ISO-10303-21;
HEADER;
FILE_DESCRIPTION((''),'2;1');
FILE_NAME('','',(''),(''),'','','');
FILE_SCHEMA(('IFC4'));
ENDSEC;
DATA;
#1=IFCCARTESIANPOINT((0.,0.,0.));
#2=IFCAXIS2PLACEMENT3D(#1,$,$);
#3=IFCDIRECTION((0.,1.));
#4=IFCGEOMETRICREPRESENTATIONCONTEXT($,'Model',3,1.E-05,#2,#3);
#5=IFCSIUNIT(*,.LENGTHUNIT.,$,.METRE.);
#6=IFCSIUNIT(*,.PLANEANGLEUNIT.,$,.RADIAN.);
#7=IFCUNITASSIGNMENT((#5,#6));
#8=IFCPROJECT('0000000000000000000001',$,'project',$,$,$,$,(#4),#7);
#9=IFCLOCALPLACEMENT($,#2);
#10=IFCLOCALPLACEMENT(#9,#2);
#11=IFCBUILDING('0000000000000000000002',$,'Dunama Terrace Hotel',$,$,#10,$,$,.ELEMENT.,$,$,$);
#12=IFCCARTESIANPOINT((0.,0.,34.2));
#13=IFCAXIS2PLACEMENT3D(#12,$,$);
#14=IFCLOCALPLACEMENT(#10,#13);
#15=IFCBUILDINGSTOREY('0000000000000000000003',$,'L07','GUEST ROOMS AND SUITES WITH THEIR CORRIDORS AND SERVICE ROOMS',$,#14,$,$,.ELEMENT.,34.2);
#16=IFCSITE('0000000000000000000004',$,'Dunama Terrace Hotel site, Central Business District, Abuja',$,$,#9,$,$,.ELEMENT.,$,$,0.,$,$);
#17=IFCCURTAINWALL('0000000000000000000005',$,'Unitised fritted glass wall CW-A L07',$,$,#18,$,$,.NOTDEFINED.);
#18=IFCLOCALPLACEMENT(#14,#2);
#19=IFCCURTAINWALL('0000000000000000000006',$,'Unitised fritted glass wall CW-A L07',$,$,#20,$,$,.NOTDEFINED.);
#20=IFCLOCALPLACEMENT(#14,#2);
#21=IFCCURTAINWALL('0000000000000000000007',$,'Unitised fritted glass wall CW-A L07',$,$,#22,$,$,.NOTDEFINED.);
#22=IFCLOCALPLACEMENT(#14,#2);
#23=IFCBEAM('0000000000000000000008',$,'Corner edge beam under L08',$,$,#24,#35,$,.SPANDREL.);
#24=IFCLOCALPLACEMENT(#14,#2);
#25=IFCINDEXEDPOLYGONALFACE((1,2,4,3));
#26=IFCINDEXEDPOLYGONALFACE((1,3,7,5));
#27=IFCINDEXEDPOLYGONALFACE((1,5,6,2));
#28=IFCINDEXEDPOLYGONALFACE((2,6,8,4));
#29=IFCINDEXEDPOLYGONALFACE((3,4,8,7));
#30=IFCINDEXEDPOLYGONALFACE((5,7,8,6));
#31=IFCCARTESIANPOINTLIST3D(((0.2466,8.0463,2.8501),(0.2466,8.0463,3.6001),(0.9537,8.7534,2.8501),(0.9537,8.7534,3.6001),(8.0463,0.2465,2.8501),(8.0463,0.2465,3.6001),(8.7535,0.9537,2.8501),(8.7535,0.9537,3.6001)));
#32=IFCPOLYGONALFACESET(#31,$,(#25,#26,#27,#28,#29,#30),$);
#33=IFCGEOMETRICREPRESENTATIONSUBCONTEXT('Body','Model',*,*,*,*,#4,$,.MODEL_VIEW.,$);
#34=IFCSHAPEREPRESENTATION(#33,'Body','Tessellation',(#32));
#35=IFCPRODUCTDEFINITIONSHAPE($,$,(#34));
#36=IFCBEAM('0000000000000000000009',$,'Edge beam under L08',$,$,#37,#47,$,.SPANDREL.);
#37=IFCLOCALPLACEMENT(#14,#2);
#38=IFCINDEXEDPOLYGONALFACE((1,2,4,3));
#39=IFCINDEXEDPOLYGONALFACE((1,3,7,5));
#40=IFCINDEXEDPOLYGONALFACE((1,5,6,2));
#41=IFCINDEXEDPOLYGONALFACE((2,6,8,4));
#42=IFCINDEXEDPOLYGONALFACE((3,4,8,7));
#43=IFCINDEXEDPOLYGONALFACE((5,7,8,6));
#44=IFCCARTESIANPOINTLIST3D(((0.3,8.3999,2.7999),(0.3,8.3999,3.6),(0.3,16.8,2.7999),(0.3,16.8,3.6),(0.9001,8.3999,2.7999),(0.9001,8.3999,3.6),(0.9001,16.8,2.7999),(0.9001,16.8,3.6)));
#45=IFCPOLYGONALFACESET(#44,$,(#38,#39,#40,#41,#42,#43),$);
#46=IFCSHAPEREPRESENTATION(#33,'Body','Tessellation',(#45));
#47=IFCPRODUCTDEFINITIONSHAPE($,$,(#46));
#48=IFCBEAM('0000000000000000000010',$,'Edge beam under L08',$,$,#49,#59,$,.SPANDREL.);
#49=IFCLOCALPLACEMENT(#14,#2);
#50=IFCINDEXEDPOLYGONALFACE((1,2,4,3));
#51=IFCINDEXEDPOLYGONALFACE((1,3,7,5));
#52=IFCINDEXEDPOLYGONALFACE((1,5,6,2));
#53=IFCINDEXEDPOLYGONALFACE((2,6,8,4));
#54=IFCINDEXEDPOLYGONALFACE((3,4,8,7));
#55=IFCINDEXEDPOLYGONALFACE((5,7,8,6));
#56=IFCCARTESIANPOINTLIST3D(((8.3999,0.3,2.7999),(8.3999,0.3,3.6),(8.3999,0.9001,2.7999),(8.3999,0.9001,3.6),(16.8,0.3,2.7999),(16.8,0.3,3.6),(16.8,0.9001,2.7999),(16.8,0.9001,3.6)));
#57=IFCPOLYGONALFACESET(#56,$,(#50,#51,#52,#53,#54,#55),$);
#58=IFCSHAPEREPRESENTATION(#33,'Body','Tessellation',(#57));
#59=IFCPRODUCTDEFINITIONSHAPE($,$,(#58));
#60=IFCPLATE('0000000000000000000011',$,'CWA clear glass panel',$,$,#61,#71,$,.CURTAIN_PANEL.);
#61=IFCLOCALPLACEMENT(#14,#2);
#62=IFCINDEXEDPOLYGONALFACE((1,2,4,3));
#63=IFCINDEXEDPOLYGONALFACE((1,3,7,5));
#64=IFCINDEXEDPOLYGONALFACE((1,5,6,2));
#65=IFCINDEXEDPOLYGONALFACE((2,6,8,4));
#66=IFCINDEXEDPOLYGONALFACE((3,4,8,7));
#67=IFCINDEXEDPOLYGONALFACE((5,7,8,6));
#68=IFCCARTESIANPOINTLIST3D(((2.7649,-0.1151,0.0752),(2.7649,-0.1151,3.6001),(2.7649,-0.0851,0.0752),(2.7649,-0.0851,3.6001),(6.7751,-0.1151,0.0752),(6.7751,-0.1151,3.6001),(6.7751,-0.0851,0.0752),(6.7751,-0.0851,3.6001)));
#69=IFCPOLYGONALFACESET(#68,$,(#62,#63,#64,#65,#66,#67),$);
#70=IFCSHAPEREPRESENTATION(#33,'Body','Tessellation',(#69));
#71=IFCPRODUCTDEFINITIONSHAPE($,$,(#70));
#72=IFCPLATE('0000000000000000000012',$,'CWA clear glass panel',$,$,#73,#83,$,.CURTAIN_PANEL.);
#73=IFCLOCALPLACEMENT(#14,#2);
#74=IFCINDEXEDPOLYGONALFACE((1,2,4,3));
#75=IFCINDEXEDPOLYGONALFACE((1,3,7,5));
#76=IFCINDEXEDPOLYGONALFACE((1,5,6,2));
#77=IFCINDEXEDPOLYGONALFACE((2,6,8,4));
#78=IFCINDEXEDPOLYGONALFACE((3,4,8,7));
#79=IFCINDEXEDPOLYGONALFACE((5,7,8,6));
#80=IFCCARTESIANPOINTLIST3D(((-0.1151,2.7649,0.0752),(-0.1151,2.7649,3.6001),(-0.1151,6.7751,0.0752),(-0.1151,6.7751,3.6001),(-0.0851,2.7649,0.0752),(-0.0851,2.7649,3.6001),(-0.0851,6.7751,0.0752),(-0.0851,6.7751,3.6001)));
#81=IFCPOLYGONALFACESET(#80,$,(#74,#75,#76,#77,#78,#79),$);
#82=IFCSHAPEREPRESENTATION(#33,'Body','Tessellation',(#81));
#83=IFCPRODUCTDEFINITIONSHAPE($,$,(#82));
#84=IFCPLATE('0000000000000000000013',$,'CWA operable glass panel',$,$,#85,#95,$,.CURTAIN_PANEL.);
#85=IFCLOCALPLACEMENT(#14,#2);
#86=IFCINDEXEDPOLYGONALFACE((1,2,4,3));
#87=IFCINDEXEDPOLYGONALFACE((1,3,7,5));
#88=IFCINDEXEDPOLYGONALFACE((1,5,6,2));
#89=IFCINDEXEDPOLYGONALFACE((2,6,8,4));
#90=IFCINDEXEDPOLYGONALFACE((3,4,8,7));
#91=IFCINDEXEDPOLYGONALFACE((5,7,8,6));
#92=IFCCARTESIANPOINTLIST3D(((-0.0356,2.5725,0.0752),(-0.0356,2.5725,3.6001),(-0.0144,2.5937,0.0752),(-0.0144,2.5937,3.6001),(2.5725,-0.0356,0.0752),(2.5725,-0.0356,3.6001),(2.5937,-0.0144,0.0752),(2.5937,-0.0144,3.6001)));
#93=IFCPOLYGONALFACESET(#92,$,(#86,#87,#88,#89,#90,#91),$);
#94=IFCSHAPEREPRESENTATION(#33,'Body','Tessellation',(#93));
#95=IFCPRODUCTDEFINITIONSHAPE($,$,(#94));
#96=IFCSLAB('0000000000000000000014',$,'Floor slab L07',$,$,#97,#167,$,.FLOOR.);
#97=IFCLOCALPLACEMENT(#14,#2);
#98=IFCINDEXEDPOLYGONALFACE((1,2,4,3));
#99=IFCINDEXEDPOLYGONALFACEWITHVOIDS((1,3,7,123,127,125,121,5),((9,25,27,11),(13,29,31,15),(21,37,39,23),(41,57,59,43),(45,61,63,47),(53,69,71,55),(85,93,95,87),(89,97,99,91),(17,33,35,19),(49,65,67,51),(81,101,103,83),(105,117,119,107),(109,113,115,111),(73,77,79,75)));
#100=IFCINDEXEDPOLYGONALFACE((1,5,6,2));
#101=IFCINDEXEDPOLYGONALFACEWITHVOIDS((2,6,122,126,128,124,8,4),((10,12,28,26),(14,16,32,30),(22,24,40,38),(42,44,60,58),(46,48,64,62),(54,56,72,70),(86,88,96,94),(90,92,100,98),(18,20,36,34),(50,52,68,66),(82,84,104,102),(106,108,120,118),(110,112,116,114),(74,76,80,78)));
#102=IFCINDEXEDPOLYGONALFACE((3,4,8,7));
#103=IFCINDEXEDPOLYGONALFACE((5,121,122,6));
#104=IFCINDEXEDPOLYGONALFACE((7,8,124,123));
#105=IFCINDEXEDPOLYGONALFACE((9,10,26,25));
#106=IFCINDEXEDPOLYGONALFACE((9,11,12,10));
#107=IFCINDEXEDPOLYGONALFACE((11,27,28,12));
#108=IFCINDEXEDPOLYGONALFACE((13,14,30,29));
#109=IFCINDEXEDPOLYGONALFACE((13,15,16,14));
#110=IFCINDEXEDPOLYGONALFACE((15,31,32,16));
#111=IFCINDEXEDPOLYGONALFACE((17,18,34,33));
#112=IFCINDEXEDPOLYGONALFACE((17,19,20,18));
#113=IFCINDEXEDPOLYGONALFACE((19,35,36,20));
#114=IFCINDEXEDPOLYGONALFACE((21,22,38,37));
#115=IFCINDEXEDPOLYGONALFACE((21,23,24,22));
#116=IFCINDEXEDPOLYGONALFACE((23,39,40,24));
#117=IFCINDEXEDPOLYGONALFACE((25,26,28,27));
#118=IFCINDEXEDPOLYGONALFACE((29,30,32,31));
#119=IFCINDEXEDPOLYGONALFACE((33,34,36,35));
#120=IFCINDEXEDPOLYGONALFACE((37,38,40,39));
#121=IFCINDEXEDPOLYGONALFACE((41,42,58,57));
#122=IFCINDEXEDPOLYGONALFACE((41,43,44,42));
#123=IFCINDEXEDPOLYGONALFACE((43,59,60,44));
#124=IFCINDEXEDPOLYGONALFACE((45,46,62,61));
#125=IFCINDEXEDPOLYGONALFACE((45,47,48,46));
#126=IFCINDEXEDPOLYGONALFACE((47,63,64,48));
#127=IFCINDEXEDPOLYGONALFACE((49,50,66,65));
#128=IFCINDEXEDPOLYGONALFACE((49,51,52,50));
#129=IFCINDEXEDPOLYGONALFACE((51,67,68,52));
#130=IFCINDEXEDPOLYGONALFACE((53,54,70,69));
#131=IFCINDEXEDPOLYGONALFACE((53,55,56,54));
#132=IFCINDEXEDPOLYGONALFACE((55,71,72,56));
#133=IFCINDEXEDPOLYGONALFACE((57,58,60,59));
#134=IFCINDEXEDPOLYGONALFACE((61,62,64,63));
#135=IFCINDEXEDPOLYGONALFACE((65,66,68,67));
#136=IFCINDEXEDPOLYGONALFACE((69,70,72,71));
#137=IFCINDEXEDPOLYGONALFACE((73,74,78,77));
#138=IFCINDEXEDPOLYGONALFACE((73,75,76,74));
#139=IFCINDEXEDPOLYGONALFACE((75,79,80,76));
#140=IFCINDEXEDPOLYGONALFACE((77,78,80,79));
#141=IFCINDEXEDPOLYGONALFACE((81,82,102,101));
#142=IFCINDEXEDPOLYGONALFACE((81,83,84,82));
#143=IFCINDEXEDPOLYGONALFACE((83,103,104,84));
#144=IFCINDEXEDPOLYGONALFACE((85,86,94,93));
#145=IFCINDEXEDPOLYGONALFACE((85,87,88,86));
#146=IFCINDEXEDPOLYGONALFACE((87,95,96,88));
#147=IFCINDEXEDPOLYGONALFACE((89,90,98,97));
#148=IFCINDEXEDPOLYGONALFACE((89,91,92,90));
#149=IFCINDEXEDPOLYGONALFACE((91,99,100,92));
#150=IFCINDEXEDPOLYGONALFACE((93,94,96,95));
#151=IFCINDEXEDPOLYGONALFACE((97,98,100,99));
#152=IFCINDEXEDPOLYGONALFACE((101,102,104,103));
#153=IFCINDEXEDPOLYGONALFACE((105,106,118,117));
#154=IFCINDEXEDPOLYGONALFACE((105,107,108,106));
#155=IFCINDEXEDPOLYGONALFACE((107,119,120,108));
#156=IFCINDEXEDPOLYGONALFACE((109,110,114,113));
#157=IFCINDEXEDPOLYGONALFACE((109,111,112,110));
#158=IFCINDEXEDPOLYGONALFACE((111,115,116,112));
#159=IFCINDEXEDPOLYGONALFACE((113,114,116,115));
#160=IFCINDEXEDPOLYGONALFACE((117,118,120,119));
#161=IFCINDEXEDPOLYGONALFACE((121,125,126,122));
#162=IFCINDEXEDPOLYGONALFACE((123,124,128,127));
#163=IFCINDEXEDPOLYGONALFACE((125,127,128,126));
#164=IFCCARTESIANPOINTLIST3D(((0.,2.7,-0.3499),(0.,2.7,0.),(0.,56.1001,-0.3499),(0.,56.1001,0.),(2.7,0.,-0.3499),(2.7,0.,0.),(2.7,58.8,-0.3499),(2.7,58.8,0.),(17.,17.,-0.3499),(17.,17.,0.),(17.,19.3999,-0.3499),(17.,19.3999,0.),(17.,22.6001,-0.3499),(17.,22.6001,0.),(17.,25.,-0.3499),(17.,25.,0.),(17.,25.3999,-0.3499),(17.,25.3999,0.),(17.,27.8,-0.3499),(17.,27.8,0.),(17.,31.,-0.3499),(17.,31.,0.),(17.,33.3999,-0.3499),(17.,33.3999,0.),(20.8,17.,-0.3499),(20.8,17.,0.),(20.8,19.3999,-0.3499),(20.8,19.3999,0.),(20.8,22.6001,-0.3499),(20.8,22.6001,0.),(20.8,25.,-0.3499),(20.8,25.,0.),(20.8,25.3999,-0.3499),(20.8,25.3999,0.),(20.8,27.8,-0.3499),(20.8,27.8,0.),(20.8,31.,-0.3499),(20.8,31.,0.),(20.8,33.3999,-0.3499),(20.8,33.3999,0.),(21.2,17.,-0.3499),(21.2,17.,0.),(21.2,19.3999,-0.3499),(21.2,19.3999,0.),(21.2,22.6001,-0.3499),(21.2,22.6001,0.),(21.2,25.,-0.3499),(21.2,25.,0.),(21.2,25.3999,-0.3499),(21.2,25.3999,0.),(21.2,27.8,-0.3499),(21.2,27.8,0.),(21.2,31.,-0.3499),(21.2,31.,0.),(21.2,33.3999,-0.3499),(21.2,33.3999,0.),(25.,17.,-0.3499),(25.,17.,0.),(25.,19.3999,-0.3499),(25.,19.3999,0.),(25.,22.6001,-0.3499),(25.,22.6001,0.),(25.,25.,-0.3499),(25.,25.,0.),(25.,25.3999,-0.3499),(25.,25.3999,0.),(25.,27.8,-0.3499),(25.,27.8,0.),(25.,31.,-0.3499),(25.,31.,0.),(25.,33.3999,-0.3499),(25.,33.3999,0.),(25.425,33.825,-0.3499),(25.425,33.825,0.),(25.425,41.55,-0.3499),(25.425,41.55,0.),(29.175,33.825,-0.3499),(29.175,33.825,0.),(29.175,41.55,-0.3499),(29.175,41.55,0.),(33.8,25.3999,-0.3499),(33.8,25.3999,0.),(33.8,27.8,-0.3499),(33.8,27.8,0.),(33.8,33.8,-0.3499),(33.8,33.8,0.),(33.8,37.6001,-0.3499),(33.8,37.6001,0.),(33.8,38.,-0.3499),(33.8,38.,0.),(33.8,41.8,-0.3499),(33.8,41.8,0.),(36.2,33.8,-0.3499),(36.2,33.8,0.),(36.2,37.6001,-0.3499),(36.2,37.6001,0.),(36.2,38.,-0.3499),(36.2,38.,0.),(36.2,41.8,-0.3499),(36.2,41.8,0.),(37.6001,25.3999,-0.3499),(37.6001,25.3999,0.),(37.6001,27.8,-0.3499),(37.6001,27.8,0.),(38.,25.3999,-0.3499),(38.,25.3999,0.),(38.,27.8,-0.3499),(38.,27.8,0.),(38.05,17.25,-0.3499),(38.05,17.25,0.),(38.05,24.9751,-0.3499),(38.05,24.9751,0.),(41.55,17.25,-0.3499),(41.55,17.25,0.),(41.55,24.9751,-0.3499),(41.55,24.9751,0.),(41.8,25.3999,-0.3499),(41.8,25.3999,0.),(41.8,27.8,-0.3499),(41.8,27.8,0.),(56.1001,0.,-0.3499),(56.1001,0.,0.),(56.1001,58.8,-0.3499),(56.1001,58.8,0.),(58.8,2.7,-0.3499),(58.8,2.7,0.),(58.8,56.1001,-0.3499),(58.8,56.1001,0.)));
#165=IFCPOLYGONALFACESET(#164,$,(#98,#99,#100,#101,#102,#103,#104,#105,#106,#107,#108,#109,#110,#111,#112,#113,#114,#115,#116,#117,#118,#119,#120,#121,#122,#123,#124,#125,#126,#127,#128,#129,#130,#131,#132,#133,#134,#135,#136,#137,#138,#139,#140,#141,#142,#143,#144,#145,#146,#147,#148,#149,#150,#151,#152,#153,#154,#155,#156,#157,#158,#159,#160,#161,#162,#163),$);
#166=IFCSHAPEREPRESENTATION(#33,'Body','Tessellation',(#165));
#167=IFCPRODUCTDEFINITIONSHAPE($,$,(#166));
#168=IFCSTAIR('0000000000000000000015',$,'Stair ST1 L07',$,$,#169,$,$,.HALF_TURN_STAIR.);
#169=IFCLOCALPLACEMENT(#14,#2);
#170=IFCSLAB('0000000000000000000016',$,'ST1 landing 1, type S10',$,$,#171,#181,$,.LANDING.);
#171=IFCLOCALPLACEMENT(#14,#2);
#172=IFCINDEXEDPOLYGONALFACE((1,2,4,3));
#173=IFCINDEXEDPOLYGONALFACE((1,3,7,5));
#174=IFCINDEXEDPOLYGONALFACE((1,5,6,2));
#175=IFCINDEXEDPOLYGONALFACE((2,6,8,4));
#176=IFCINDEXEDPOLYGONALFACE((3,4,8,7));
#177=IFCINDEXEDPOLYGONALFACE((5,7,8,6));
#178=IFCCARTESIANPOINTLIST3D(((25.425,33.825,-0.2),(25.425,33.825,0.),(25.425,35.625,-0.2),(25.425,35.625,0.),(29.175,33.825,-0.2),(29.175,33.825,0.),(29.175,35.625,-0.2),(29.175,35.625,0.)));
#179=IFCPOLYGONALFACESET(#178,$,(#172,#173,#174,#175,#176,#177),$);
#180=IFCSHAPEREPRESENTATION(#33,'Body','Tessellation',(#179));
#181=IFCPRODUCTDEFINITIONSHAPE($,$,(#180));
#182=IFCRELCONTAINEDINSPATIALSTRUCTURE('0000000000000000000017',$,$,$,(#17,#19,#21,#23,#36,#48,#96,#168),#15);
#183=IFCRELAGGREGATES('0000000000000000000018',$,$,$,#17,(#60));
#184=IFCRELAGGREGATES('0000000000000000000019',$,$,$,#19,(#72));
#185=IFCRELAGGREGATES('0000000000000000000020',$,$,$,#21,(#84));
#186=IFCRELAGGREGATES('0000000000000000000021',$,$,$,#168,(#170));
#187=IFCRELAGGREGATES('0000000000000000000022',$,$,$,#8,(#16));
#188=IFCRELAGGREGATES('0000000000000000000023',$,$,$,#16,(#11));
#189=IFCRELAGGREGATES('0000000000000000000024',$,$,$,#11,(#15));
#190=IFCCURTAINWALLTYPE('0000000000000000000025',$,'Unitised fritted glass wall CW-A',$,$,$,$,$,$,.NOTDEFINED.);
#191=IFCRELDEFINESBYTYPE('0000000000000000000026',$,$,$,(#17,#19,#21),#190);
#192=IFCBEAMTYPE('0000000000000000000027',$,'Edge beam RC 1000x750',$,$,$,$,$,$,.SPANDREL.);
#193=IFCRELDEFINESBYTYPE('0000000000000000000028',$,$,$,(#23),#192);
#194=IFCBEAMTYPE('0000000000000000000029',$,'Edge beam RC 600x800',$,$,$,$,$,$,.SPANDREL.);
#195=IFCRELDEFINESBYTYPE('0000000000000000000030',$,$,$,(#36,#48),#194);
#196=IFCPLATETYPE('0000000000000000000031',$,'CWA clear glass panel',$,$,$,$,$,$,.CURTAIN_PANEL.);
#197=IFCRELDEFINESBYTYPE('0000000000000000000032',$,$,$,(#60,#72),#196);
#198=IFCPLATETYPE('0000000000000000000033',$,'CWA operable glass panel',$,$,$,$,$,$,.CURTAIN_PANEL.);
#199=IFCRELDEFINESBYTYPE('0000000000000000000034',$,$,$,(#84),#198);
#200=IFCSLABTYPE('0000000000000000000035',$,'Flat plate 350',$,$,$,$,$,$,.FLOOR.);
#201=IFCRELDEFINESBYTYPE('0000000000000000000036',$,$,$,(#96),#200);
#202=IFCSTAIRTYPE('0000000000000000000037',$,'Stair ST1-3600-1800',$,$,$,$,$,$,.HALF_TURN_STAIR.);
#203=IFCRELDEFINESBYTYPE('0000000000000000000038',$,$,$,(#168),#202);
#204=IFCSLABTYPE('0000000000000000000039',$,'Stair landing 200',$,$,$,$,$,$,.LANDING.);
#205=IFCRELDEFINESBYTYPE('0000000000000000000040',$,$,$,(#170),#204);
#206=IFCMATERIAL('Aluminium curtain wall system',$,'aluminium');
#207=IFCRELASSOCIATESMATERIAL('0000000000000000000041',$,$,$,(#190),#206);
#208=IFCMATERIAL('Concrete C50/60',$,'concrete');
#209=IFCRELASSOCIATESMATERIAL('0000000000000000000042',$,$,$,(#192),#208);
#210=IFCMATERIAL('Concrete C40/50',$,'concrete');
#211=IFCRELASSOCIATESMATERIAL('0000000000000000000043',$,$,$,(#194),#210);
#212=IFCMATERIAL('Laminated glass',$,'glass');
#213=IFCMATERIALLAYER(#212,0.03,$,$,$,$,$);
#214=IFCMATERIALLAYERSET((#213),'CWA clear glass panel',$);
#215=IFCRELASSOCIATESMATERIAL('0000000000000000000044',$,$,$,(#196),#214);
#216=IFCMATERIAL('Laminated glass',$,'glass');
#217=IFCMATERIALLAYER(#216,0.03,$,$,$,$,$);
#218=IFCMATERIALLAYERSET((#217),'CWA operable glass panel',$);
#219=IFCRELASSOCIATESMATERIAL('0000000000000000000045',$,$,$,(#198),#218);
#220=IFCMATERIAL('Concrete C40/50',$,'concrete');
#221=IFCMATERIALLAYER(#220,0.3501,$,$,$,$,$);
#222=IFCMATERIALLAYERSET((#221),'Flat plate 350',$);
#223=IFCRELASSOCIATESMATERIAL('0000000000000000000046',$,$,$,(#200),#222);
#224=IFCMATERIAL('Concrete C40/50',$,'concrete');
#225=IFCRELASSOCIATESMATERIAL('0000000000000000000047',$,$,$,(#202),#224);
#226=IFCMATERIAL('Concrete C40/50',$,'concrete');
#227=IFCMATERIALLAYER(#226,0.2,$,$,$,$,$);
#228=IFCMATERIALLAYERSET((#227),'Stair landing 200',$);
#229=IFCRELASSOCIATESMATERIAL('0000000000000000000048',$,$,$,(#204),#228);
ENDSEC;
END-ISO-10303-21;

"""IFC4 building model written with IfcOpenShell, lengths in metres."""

from ifc_helpers import new_model, si_unit, direction, frame, origin, origin_2d, place, context, subcontext, project, spatial, polyline, rectangle, outline, extrude, material, layer, layer_set, material_profile, profile_set, type_object, element, aggregate, save


model = new_model("IFC4")

# Units and contexts
model_context = context("Model", 3, precision=1e-05, world=origin(), true_north=direction((0.0, 1.0)))
body_context = subcontext(model_context, "Body", "Model", "MODEL_VIEW")
ifc_project = project(units=[si_unit("LENGTHUNIT", "METRE"), si_unit("PLANEANGLEUNIT", "RADIAN")], contexts=[model_context])

# Site, building, storey
site_placement = place(None, origin())
site = spatial("IfcSite", under=ifc_project, at=site_placement, Name="Dunama Terrace Hotel site, Central Business District, Abuja", CompositionType="ELEMENT", RefElevation=0.0)
building_placement = place(site_placement, origin())
building = spatial("IfcBuilding", under=site, at=building_placement, Name="Dunama Terrace Hotel", CompositionType="ELEMENT")
storey_placement = place(building_placement, frame((0.0, 0.0, 34.2)))
storey = spatial("IfcBuildingStorey", under=building, at=storey_placement, Name="L07", Description="GUEST ROOMS AND SUITES WITH THEIR CORRIDORS AND SERVICE ROOMS", CompositionType="ELEMENT", Elevation=34.2)

# Curtain walls
ifc_material_1 = material(Name="Aluminium curtain wall system", Category="aluminium")
curtain_wall_type = type_object("IfcCurtainWallType", Name="Unitised fritted glass wall CW-A", PredefinedType="NOTDEFINED", material=ifc_material_1)
curtain_wall_1_placement = place(storey_placement, origin())
curtain_wall_1 = element("IfcCurtainWall", 1, at=curtain_wall_1_placement, inside=storey, type_object=curtain_wall_type, Name="Unitised fritted glass wall CW-A L07", PredefinedType="NOTDEFINED")
curtain_wall_2_placement = place(storey_placement, origin())
curtain_wall_2 = element("IfcCurtainWall", 2, at=curtain_wall_2_placement, inside=storey, type_object=curtain_wall_type, Name="Unitised fritted glass wall CW-A L07", PredefinedType="NOTDEFINED")
curtain_wall_3_placement = place(storey_placement, origin())
curtain_wall_3 = element("IfcCurtainWall", 3, at=curtain_wall_3_placement, inside=storey, type_object=curtain_wall_type, Name="Unitised fritted glass wall CW-A L07", PredefinedType="NOTDEFINED")

# Beams
ifc_material_2 = material(Name="Concrete C50/60", Category="concrete")
ifc_material_profile_1 = material_profile(ifc_material_2, rectangle(XDim=1.0, YDim=0.75, at=origin_2d()), Name="RC 1000x750")
ifc_profile_set_1 = profile_set([ifc_material_profile_1], Name="Concrete C50/60")
beam_type_1 = type_object("IfcBeamType", Name="Edge beam RC 1000x750", PredefinedType="SPANDREL", material=ifc_profile_set_1)
beam_placement = place(storey_placement, frame((8.3999, 0.6001, 3.2251), z_axis=(-0.707107, 0.707107, 0.0), x_axis=(-0.707107, -0.707107, 0.0)))
element("IfcBeam", 4, at=beam_placement, inside=storey, type_object=beam_type_1, Name="Corner edge beam under L08", PredefinedType="SPANDREL", context=body_context, shape_type="SweptSolid", body=[
    extrude(rectangle(XDim=1.0, YDim=0.75, at=origin_2d()), origin(), (0.0, 0.0, 1.0), 11.0305),
])
ifc_material_3 = material(Name="Concrete C40/50", Category="concrete")
ifc_material_profile_2 = material_profile(ifc_material_3, rectangle(XDim=0.6001, YDim=0.8, at=origin_2d()), Name="RC 600x800")
ifc_profile_set_2 = profile_set([ifc_material_profile_2], Name="Concrete C40/50")
beam_type_2 = type_object("IfcBeamType", Name="Edge beam RC 600x800", PredefinedType="SPANDREL", material=ifc_profile_set_2)
for number, where, z_axis, x_axis, name in (
    (5, (0.6001, 8.3999, 3.2), (0.0, 1.0, 0.0), (-1.0, 0.0, 0.0), "Edge beam under L08"),
    (6, (8.3999, 0.6001, 3.2), (1.0, 0.0, 0.0), (0.0, 1.0, 0.0), "Edge beam under L08"),
):
    element("IfcBeam", number, at=place(storey_placement, frame(where, z_axis=z_axis, x_axis=x_axis)), inside=storey, type_object=beam_type_2, Name=name, PredefinedType="SPANDREL", context=body_context, shape_type="SweptSolid", body=[
        extrude(rectangle(XDim=0.6001, YDim=0.8, at=origin_2d()), origin(), (0.0, 0.0, 1.0), 8.4001),
    ])

# Plates
ifc_material_4 = material(Name="Laminated glass", Category="glass")
ifc_layer_1 = layer(ifc_material_4, 0.03)
ifc_layer_set_1 = layer_set([ifc_layer_1], Name="CWA clear glass panel")
plate_type_1 = type_object("IfcPlateType", Name="CWA clear glass panel", PredefinedType="CURTAIN_PANEL", material=ifc_layer_set_1)
plate_1_placement = place(storey_placement, frame((4.77, -0.1001, 0.0752), z_axis=(0.0, 0.0, 1.0), x_axis=(1.0, 0.0, 0.0)))
plate_1 = element("IfcPlate", 7, at=plate_1_placement, type_object=plate_type_1, Name="CWA clear glass panel", PredefinedType="CURTAIN_PANEL", context=body_context, shape_type="SweptSolid", body=[
    extrude(rectangle(XDim=4.0103, YDim=0.03, at=origin_2d()), origin(), (0.0, 0.0, 1.0), 3.5249),
])
aggregate(curtain_wall_1, [plate_1])
plate_2_placement = place(storey_placement, frame((-0.1001, 4.77, 0.0752), z_axis=(0.0, 0.0, 1.0), x_axis=(0.0, -1.0, 0.0)))
plate_2 = element("IfcPlate", 8, at=plate_2_placement, type_object=plate_type_1, Name="CWA clear glass panel", PredefinedType="CURTAIN_PANEL", context=body_context, shape_type="SweptSolid", body=[
    extrude(rectangle(XDim=4.0103, YDim=0.03, at=origin_2d()), origin(), (0.0, 0.0, 1.0), 3.5249),
])
aggregate(curtain_wall_2, [plate_2])
ifc_material_5 = material(Name="Laminated glass", Category="glass")
ifc_layer_2 = layer(ifc_material_5, 0.03)
ifc_layer_set_2 = layer_set([ifc_layer_2], Name="CWA operable glass panel")
plate_type_2 = type_object("IfcPlateType", Name="CWA operable glass panel", PredefinedType="CURTAIN_PANEL", material=ifc_layer_set_2)
plate_3_placement = place(storey_placement, frame((1.2791, 1.2791, 0.0752), z_axis=(0.0, 0.0, 1.0), x_axis=(0.707107, -0.707107, 0.0)))
plate_3 = element("IfcPlate", 9, at=plate_3_placement, type_object=plate_type_2, Name="CWA operable glass panel", PredefinedType="CURTAIN_PANEL", context=body_context, shape_type="SweptSolid", body=[
    extrude(rectangle(XDim=3.6885, YDim=0.03, at=origin_2d()), origin(), (0.0, 0.0, 1.0), 3.5249),
])
aggregate(curtain_wall_3, [plate_3])

# Slab
ifc_material_6 = material(Name="Concrete C40/50", Category="concrete")
ifc_layer_3 = layer(ifc_material_6, 0.3501)
ifc_layer_set_3 = layer_set([ifc_layer_3], Name="Flat plate 350")
slab_type_1 = type_object("IfcSlabType", Name="Flat plate 350", PredefinedType="FLOOR", material=ifc_layer_set_3)
slab_1_placement = place(storey_placement, frame((0.0, 0.0, -0.3499)))
element("IfcSlab", 10, at=slab_1_placement, inside=storey, type_object=slab_type_1, Name="Floor slab L07", PredefinedType="FLOOR", context=body_context, shape_type="SweptSolid", body=[
    extrude(outline(polyline([(2.7, 0.0), (56.1001, 0.0), (58.8, 2.7), (58.8, 56.1001), (56.1001, 58.8), (2.7, 58.8), (0.0, 56.1001), (0.0, 2.7), (2.7, 0.0)]), holes=[polyline([(20.8, 25.3999), (20.8, 27.8), (17.0, 27.8), (17.0, 25.3999), (20.8, 25.3999)]), polyline([(25.0, 25.3999), (25.0, 27.8), (21.2, 27.8), (21.2, 25.3999), (25.0, 25.3999)]), polyline([(20.8, 31.0), (20.8, 33.3999), (17.0, 33.3999), (17.0, 31.0), (20.8, 31.0)]), polyline([(25.0, 31.0), (25.0, 33.3999), (21.2, 33.3999), (21.2, 31.0), (25.0, 31.0)]), polyline([(37.6001, 25.3999), (37.6001, 27.8), (33.8, 27.8), (33.8, 25.3999), (37.6001, 25.3999)]), polyline([(41.8, 25.3999), (41.8, 27.8), (38.0, 27.8), (38.0, 25.3999), (41.8, 25.3999)]), polyline([(20.8, 17.0), (20.8, 19.3999), (17.0, 19.3999), (17.0, 17.0), (20.8, 17.0)]), polyline([(25.0, 17.0), (25.0, 19.3999), (21.2, 19.3999), (21.2, 17.0), (25.0, 17.0)]), polyline([(20.8, 22.6001), (20.8, 25.0), (17.0, 25.0), (17.0, 22.6001), (20.8, 22.6001)]), polyline([(25.0, 22.6001), (25.0, 25.0), (21.2, 25.0), (21.2, 22.6001), (25.0, 22.6001)]), polyline([(36.2, 38.0), (36.2, 41.8), (33.8, 41.8), (33.8, 38.0), (36.2, 38.0)]), polyline([(36.2, 33.8), (36.2, 37.6001), (33.8, 37.6001), (33.8, 33.8), (36.2, 33.8)]), polyline([(29.175, 33.825), (29.175, 41.55), (25.425, 41.55), (25.425, 33.825), (29.175, 33.825)]), polyline([(41.55, 17.25), (41.55, 24.9751), (38.05, 24.9751), (38.05, 17.25), (41.55, 17.25)])]), origin(), (0.0, 0.0, 1.0), 0.3499),
])

# Stair, slab
ifc_material_7 = material(Name="Concrete C40/50", Category="concrete")
stair_type_1 = type_object("IfcStairType", Name="Stair ST1-3600-1800", PredefinedType="HALF_TURN_STAIR", material=ifc_material_7)
stair_1_placement = place(storey_placement, origin())
stair_1 = element("IfcStair", 11, at=stair_1_placement, inside=storey, type_object=stair_type_1, Name="Stair ST1 L07", PredefinedType="HALF_TURN_STAIR")
ifc_material_8 = material(Name="Concrete C40/50", Category="concrete")
ifc_layer_4 = layer(ifc_material_8, 0.2)
ifc_layer_set_4 = layer_set([ifc_layer_4], Name="Stair landing 200")
slab_type_2 = type_object("IfcSlabType", Name="Stair landing 200", PredefinedType="LANDING", material=ifc_layer_set_4)
slab_2_placement = place(storey_placement, frame((0.0, 0.0, -0.2)))
slab_2 = element("IfcSlab", 12, at=slab_2_placement, type_object=slab_type_2, Name="ST1 landing 1, type S10", PredefinedType="LANDING", context=body_context, shape_type="SweptSolid", body=[
    extrude(outline(polyline([(25.425, 33.825), (29.175, 33.825), (29.175, 35.625), (25.425, 35.625), (25.425, 33.825)])), origin(), (0.0, 0.0, 1.0), 0.2),
])
aggregate(stair_1, [slab_2])

save(model, "model.ifc")
